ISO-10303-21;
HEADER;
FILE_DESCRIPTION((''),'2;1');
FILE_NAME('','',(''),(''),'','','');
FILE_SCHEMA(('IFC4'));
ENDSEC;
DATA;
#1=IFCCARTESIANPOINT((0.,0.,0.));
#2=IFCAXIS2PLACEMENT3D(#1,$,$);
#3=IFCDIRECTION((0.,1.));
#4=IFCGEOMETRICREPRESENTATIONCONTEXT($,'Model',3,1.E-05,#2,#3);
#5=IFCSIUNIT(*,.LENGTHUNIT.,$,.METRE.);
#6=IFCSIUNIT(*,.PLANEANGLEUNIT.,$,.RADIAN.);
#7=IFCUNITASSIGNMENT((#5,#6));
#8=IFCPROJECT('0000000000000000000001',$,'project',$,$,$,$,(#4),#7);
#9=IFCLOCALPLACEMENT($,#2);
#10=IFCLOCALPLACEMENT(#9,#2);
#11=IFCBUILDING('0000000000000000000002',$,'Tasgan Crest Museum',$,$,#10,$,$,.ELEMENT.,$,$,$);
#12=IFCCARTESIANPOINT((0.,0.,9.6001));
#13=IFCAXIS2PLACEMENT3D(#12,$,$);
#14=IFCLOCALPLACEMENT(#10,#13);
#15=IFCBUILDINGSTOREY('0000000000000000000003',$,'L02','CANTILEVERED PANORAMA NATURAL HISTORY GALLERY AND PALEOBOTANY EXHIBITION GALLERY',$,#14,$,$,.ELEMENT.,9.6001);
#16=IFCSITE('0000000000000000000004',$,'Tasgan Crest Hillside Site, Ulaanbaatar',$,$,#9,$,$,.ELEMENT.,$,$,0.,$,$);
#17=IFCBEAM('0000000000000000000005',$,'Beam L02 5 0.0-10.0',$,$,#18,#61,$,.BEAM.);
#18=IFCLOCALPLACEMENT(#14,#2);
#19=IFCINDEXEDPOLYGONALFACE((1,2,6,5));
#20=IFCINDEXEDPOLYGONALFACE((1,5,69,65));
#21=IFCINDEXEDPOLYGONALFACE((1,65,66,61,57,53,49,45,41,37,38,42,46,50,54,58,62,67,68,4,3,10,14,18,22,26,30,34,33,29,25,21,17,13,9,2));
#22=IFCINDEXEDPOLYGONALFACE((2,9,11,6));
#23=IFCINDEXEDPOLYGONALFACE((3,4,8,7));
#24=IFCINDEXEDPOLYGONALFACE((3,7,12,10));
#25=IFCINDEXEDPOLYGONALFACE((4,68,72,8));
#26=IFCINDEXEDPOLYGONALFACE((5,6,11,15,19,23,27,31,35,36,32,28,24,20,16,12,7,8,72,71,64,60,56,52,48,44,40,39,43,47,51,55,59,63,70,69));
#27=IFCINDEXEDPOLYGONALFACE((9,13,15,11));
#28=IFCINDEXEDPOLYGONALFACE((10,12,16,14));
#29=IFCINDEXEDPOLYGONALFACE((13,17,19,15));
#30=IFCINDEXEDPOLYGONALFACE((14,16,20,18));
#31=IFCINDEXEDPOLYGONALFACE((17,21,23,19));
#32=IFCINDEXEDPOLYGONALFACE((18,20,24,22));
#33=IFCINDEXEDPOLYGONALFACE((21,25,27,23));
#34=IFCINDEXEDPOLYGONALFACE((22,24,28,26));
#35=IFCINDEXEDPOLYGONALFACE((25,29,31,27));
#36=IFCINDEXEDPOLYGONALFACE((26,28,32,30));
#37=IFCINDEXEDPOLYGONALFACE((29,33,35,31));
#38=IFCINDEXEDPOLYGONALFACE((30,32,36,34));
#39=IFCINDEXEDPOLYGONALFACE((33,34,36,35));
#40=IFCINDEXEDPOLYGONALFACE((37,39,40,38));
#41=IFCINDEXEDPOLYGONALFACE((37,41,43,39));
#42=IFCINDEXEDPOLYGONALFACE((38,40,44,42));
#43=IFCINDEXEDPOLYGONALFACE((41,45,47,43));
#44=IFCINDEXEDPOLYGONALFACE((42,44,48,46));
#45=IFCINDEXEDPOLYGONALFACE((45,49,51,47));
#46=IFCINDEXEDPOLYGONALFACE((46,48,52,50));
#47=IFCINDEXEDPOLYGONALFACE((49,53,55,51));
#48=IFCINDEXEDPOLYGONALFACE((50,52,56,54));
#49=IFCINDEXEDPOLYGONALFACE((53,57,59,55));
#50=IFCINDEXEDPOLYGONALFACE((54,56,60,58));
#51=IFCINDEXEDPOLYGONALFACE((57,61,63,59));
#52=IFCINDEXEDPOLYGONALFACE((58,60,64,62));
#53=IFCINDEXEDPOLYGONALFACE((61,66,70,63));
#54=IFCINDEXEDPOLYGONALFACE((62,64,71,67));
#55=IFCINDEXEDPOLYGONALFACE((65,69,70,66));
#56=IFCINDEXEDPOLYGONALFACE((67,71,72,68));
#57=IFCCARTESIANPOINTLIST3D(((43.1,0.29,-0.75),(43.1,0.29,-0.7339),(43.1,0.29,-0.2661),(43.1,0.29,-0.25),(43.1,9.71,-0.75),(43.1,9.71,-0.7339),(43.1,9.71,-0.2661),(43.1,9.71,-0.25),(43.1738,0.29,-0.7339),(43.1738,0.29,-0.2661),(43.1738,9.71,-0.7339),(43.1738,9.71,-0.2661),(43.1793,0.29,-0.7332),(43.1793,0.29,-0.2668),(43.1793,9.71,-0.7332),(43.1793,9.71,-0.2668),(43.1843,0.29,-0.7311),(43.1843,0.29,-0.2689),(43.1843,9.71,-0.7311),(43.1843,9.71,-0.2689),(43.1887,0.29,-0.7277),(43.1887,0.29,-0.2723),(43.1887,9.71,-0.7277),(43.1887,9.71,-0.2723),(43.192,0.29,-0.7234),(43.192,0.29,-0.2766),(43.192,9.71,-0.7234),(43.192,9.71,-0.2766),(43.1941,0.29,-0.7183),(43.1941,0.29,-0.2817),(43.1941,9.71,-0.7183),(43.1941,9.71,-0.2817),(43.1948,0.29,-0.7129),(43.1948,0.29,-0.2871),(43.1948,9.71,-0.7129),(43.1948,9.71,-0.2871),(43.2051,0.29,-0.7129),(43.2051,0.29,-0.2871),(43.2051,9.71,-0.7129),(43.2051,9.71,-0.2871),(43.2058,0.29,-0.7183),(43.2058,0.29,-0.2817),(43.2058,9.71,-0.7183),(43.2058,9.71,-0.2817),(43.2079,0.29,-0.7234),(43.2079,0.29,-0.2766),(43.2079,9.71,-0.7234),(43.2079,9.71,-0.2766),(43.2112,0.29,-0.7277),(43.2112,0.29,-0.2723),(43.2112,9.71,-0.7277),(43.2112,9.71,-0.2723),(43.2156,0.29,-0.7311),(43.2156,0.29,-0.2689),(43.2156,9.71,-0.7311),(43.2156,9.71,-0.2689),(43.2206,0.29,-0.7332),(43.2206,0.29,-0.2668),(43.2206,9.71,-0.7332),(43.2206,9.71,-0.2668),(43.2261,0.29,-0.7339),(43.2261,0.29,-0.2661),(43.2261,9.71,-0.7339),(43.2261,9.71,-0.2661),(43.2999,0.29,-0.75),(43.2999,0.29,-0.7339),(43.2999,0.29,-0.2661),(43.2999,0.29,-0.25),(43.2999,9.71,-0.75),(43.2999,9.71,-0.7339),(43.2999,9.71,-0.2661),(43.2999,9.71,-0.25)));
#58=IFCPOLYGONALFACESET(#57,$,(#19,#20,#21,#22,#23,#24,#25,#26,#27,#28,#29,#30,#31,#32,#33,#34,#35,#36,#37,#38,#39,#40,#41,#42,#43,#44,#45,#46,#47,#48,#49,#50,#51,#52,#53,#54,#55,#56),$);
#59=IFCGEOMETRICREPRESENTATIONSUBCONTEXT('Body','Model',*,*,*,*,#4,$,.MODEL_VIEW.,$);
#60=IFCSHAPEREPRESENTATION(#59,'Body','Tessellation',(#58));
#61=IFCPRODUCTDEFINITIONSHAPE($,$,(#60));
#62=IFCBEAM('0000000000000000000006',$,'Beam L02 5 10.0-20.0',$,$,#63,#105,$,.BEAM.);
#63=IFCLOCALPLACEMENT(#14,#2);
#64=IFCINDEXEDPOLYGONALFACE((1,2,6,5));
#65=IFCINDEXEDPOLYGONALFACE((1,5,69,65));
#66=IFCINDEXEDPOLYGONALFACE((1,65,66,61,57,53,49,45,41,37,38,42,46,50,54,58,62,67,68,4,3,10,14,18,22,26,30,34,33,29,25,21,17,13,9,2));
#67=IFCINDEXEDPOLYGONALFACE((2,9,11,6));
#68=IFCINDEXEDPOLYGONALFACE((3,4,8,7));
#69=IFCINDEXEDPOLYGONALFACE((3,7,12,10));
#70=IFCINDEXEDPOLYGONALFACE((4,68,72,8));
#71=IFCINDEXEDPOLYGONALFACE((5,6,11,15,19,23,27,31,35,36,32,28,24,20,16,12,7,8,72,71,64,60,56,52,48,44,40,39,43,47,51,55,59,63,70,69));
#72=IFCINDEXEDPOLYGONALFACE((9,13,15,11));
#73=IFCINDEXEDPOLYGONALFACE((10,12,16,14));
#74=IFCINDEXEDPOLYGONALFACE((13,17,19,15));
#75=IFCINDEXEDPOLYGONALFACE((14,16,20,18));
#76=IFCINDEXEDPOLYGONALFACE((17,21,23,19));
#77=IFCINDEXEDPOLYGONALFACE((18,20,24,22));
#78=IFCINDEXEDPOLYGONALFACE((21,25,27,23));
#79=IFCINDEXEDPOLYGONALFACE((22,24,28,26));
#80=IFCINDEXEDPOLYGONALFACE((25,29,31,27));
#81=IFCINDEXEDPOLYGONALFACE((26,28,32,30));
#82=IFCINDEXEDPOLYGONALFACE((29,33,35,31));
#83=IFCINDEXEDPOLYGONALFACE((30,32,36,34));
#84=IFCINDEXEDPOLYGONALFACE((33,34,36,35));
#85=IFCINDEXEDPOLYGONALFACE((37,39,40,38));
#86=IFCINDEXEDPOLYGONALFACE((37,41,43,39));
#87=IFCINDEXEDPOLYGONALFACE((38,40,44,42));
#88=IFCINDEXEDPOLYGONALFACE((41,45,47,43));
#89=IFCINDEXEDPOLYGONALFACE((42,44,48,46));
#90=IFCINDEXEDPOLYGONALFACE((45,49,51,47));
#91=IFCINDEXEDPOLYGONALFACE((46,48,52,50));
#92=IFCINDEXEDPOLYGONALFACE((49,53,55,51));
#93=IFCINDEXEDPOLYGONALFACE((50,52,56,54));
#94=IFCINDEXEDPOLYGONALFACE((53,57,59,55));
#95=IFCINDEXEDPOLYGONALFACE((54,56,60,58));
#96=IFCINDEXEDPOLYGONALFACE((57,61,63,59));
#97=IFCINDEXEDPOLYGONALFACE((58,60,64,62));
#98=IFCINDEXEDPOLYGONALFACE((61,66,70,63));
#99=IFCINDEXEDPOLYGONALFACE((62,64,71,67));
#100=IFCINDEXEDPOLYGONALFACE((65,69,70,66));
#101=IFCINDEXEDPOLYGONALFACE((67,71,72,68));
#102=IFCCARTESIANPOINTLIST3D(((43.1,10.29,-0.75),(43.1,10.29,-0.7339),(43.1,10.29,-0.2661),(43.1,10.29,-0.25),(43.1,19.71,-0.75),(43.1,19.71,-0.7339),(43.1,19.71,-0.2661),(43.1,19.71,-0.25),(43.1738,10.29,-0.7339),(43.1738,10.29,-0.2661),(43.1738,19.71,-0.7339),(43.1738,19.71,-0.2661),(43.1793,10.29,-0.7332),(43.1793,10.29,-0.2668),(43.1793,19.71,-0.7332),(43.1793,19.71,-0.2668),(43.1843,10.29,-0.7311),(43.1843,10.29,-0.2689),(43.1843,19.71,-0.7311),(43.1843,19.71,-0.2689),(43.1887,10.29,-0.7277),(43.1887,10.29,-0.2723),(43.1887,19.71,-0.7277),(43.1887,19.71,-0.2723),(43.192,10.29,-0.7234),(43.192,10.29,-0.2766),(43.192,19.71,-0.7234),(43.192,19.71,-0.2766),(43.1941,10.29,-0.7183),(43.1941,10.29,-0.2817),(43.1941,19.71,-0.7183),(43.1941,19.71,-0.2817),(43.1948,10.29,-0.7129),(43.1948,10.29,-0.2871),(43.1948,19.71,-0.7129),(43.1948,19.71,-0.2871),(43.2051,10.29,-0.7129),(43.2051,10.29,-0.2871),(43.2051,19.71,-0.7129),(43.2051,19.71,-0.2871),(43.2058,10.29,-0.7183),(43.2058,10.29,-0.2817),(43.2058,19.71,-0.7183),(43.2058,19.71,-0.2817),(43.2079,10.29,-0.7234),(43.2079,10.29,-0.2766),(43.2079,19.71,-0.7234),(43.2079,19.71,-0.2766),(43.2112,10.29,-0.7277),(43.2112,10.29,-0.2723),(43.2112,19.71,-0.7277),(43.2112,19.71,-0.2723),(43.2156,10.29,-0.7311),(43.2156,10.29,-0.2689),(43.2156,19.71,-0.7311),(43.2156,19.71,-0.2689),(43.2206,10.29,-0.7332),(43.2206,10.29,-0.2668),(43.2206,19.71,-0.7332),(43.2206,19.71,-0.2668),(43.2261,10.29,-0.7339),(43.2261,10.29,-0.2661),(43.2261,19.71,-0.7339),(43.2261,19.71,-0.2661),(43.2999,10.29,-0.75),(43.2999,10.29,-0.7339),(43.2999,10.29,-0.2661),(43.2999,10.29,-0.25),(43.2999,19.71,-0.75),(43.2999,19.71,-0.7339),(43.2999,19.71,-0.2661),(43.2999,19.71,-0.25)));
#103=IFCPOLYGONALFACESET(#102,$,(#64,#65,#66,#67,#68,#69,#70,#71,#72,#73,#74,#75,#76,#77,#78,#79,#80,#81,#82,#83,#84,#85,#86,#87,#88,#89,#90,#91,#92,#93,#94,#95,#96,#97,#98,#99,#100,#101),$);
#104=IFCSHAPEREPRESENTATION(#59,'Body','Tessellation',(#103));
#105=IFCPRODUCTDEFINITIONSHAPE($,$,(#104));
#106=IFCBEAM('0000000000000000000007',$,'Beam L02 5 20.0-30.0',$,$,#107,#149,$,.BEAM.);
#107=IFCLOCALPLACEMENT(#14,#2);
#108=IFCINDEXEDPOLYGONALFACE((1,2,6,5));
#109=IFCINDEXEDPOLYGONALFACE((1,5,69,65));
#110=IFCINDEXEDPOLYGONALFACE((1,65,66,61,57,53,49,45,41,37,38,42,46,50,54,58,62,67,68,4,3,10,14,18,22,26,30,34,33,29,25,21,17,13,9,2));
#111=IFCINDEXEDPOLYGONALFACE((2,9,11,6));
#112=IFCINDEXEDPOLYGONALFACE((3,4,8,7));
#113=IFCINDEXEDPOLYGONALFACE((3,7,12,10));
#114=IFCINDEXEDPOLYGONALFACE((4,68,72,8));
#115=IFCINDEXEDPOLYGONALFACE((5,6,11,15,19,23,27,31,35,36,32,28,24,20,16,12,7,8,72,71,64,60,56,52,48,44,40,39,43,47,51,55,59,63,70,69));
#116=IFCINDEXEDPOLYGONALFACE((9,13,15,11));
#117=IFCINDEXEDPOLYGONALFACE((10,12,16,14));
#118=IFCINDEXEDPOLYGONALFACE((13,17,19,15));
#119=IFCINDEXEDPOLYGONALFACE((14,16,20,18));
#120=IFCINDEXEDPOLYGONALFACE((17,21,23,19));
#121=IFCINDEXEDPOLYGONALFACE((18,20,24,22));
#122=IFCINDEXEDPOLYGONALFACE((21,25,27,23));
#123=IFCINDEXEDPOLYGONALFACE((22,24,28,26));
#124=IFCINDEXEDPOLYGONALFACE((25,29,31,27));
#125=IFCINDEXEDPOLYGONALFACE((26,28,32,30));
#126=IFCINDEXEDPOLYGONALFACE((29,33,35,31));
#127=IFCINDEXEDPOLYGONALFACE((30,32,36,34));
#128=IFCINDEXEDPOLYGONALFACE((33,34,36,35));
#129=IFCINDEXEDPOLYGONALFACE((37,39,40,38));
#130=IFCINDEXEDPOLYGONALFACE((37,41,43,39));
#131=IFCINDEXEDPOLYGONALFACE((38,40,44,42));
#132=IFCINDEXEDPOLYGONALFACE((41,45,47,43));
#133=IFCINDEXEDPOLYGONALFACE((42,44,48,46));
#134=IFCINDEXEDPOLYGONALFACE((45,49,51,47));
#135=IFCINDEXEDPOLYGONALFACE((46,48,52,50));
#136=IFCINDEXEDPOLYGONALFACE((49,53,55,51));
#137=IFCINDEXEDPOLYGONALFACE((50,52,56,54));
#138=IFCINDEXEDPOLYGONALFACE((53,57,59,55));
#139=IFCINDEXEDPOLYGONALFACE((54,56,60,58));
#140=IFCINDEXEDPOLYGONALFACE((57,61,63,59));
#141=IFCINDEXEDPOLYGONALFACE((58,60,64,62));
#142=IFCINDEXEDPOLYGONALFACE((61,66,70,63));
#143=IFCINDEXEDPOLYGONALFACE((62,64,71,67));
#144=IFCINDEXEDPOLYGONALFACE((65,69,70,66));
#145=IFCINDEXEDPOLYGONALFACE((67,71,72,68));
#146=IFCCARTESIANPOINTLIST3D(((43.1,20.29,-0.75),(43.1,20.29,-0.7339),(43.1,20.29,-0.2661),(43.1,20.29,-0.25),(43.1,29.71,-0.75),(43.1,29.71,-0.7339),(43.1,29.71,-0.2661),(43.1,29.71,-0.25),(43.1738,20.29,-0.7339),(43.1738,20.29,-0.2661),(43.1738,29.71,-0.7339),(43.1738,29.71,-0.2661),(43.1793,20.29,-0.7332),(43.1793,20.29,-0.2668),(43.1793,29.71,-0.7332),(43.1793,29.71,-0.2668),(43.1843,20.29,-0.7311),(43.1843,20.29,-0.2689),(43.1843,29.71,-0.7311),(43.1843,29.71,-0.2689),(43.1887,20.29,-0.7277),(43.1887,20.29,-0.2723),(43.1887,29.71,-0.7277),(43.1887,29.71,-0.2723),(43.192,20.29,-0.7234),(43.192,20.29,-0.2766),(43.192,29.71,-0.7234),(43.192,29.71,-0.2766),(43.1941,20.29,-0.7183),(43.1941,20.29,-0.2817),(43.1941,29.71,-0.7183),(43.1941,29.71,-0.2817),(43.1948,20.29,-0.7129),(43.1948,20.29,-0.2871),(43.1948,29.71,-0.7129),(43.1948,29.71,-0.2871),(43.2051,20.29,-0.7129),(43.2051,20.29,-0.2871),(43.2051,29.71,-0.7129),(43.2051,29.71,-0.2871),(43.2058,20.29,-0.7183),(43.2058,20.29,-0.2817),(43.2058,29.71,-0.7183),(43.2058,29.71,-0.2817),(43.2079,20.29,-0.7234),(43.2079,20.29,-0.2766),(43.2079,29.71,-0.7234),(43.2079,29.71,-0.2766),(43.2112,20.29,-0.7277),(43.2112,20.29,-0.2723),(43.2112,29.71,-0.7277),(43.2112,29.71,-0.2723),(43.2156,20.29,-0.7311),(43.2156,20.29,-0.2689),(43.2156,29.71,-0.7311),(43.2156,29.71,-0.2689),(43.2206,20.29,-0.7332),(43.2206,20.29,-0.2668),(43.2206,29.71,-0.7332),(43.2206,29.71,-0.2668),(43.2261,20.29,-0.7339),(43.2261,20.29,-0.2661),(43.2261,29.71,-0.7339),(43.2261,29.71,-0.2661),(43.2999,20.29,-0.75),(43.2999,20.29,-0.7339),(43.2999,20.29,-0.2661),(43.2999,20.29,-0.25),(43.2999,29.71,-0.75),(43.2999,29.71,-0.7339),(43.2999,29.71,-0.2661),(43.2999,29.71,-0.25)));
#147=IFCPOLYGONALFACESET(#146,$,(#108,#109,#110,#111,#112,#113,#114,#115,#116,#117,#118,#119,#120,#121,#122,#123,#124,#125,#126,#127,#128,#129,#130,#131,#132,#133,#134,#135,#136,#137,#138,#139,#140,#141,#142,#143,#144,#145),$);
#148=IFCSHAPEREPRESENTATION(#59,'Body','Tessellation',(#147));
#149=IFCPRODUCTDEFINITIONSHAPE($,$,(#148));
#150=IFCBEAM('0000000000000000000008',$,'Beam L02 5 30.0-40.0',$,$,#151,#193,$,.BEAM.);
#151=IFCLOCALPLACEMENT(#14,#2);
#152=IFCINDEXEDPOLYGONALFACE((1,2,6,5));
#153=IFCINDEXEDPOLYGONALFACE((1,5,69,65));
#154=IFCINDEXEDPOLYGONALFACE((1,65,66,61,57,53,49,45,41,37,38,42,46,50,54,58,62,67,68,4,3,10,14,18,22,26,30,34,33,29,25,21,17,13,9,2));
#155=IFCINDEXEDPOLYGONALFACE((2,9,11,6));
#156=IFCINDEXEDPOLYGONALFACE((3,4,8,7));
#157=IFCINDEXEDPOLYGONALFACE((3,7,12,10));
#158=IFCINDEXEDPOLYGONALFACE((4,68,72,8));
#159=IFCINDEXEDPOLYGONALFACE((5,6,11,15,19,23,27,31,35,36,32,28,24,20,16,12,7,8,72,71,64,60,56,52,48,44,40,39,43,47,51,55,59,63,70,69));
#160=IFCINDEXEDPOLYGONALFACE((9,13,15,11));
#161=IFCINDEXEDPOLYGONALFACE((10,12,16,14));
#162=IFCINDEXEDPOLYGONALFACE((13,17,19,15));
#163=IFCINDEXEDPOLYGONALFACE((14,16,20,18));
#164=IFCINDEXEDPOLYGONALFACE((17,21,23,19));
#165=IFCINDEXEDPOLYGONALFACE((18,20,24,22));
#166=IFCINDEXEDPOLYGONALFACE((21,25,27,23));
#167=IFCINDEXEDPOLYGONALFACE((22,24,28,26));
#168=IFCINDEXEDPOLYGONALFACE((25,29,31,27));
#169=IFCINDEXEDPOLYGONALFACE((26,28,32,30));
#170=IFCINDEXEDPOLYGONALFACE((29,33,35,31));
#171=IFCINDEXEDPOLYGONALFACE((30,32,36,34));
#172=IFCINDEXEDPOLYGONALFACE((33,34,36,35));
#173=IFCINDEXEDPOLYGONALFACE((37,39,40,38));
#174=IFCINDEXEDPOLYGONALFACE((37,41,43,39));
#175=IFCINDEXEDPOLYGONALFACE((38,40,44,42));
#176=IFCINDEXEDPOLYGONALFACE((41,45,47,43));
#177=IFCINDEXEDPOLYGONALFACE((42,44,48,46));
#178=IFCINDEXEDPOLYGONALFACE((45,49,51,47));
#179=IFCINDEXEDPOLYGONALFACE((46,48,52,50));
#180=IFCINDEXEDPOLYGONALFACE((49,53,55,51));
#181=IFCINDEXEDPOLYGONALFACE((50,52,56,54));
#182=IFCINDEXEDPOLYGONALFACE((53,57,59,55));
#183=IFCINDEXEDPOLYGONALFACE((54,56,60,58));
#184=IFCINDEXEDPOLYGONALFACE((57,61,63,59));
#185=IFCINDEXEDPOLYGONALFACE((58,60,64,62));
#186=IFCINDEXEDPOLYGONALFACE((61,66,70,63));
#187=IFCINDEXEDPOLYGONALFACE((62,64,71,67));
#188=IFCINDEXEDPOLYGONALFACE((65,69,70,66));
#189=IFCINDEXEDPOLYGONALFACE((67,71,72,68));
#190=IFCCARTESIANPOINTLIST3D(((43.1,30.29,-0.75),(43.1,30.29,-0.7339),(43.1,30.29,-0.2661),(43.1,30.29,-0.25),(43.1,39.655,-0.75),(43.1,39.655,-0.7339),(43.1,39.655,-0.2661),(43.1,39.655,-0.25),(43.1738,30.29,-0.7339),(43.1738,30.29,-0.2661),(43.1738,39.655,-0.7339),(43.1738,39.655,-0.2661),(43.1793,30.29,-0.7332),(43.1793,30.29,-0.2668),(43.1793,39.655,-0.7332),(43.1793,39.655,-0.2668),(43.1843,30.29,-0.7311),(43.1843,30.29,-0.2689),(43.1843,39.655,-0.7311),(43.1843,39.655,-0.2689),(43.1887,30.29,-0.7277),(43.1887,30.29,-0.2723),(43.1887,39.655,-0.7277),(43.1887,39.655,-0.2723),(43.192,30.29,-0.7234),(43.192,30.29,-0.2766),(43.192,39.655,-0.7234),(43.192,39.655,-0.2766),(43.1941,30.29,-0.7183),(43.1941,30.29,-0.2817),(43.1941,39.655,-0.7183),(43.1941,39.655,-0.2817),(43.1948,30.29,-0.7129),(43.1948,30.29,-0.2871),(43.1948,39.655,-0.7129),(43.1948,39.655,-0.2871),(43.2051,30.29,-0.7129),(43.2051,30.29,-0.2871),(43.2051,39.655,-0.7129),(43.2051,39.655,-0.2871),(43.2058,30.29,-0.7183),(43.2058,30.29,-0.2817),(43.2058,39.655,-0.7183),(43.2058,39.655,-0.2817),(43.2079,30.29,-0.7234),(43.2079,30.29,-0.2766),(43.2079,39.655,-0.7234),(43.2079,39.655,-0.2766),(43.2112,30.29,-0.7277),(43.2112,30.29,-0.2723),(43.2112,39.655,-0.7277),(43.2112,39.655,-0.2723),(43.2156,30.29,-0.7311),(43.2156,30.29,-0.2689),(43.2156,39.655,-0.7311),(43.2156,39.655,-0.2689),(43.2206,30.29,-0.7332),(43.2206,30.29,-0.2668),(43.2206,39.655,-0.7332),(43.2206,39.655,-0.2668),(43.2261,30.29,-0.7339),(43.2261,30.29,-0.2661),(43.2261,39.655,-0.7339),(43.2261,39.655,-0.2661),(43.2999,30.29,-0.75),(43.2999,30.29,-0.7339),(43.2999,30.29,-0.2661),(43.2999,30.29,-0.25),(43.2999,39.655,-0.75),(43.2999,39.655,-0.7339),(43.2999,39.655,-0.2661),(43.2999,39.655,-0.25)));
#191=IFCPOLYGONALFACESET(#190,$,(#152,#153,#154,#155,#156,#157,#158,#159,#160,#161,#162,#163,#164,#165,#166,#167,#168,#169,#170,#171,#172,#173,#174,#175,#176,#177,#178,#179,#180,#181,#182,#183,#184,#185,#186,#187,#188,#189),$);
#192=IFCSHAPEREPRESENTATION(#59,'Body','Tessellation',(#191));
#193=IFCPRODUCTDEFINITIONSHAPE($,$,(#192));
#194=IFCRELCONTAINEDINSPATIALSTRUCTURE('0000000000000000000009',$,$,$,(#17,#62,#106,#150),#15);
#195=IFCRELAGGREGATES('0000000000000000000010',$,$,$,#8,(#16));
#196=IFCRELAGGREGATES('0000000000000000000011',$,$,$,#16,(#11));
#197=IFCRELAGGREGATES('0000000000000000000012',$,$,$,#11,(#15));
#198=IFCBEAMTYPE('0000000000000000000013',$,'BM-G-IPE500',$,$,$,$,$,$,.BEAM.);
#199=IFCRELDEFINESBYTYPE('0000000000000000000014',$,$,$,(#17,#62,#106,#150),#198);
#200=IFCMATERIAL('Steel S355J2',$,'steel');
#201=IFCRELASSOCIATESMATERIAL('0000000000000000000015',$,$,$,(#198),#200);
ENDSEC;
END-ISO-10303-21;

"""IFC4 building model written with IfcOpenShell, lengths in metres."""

from ifc_helpers import new_model, si_unit, direction, frame, origin, origin_2d, place, context, subcontext, project, spatial, i_section, extrude, material, material_profile, profile_set, type_object, element, save


model = new_model("IFC4")

# Units and contexts
model_context = context("Model", 3, precision=1e-05, world=origin(), true_north=direction((0.0, 1.0)))
body_context = subcontext(model_context, "Body", "Model", "MODEL_VIEW")
ifc_project = project(units=[si_unit("LENGTHUNIT", "METRE"), si_unit("PLANEANGLEUNIT", "RADIAN")], contexts=[model_context])

# Site, building, storey
site_placement = place(None, origin())
site = spatial("IfcSite", under=ifc_project, at=site_placement, Name="Tasgan Crest Hillside Site, Ulaanbaatar", CompositionType="ELEMENT", RefElevation=0.0)
building_placement = place(site_placement, origin())
building = spatial("IfcBuilding", under=site, at=building_placement, Name="Tasgan Crest Museum", CompositionType="ELEMENT")
storey_placement = place(building_placement, frame((0.0, 0.0, 9.6001)))
storey = spatial("IfcBuildingStorey", under=building, at=storey_placement, Name="L02", Description="CANTILEVERED PANORAMA NATURAL HISTORY GALLERY AND PALEOBOTANY EXHIBITION GALLERY", CompositionType="ELEMENT", Elevation=9.6001)

# Beams
ifc_material_1 = material(Name="Steel S355J2", Category="steel")
ifc_material_profile_1 = material_profile(ifc_material_1, i_section(OverallWidth=0.2, OverallDepth=0.5, WebThickness=0.0103, FlangeThickness=0.0161, FilletRadius=0.021, at=origin_2d()), Name="IPE 500")
ifc_profile_set_1 = profile_set([ifc_material_profile_1], Name="Steel S355J2")
beam_type_1 = type_object("IfcBeamType", Name="BM-G-IPE500", PredefinedType="BEAM", material=ifc_profile_set_1)
for number, where, z_axis, x_axis, name in (
    (1, (43.2, 0.29, -0.5), (0.0, 1.0, 0.0), (-1.0, 0.0, 0.0), "Beam L02 5 0.0-10.0"),
    (2, (43.2, 10.29, -0.5), (0.0, 1.0, 0.0), (-1.0, 0.0, 0.0), "Beam L02 5 10.0-20.0"),
    (3, (43.2, 20.29, -0.5), (0.0, 1.0, 0.0), (-1.0, 0.0, 0.0), "Beam L02 5 20.0-30.0"),
):
    element("IfcBeam", number, at=place(storey_placement, frame(where, z_axis=z_axis, x_axis=x_axis)), inside=storey, type_object=beam_type_1, Name=name, PredefinedType="BEAM", context=body_context, shape_type="SweptSolid", body=[
        extrude(i_section(OverallWidth=0.2, OverallDepth=0.5, WebThickness=0.0103, FlangeThickness=0.0161, FilletRadius=0.021, at=origin_2d()), origin(), (0.0, 0.0, 1.0), 9.4199),
    ])
beam_1_placement = place(storey_placement, frame((43.2, 30.29, -0.5), z_axis=(0.0, 1.0, 0.0), x_axis=(-1.0, 0.0, 0.0)))
element("IfcBeam", 4, at=beam_1_placement, inside=storey, type_object=beam_type_1, Name="Beam L02 5 30.0-40.0", PredefinedType="BEAM", context=body_context, shape_type="SweptSolid", body=[
    extrude(i_section(OverallWidth=0.2, OverallDepth=0.5, WebThickness=0.0103, FlangeThickness=0.0161, FilletRadius=0.021, at=origin_2d()), origin(), (0.0, 0.0, 1.0), 9.365),
])

save(model, "model.ifc")
